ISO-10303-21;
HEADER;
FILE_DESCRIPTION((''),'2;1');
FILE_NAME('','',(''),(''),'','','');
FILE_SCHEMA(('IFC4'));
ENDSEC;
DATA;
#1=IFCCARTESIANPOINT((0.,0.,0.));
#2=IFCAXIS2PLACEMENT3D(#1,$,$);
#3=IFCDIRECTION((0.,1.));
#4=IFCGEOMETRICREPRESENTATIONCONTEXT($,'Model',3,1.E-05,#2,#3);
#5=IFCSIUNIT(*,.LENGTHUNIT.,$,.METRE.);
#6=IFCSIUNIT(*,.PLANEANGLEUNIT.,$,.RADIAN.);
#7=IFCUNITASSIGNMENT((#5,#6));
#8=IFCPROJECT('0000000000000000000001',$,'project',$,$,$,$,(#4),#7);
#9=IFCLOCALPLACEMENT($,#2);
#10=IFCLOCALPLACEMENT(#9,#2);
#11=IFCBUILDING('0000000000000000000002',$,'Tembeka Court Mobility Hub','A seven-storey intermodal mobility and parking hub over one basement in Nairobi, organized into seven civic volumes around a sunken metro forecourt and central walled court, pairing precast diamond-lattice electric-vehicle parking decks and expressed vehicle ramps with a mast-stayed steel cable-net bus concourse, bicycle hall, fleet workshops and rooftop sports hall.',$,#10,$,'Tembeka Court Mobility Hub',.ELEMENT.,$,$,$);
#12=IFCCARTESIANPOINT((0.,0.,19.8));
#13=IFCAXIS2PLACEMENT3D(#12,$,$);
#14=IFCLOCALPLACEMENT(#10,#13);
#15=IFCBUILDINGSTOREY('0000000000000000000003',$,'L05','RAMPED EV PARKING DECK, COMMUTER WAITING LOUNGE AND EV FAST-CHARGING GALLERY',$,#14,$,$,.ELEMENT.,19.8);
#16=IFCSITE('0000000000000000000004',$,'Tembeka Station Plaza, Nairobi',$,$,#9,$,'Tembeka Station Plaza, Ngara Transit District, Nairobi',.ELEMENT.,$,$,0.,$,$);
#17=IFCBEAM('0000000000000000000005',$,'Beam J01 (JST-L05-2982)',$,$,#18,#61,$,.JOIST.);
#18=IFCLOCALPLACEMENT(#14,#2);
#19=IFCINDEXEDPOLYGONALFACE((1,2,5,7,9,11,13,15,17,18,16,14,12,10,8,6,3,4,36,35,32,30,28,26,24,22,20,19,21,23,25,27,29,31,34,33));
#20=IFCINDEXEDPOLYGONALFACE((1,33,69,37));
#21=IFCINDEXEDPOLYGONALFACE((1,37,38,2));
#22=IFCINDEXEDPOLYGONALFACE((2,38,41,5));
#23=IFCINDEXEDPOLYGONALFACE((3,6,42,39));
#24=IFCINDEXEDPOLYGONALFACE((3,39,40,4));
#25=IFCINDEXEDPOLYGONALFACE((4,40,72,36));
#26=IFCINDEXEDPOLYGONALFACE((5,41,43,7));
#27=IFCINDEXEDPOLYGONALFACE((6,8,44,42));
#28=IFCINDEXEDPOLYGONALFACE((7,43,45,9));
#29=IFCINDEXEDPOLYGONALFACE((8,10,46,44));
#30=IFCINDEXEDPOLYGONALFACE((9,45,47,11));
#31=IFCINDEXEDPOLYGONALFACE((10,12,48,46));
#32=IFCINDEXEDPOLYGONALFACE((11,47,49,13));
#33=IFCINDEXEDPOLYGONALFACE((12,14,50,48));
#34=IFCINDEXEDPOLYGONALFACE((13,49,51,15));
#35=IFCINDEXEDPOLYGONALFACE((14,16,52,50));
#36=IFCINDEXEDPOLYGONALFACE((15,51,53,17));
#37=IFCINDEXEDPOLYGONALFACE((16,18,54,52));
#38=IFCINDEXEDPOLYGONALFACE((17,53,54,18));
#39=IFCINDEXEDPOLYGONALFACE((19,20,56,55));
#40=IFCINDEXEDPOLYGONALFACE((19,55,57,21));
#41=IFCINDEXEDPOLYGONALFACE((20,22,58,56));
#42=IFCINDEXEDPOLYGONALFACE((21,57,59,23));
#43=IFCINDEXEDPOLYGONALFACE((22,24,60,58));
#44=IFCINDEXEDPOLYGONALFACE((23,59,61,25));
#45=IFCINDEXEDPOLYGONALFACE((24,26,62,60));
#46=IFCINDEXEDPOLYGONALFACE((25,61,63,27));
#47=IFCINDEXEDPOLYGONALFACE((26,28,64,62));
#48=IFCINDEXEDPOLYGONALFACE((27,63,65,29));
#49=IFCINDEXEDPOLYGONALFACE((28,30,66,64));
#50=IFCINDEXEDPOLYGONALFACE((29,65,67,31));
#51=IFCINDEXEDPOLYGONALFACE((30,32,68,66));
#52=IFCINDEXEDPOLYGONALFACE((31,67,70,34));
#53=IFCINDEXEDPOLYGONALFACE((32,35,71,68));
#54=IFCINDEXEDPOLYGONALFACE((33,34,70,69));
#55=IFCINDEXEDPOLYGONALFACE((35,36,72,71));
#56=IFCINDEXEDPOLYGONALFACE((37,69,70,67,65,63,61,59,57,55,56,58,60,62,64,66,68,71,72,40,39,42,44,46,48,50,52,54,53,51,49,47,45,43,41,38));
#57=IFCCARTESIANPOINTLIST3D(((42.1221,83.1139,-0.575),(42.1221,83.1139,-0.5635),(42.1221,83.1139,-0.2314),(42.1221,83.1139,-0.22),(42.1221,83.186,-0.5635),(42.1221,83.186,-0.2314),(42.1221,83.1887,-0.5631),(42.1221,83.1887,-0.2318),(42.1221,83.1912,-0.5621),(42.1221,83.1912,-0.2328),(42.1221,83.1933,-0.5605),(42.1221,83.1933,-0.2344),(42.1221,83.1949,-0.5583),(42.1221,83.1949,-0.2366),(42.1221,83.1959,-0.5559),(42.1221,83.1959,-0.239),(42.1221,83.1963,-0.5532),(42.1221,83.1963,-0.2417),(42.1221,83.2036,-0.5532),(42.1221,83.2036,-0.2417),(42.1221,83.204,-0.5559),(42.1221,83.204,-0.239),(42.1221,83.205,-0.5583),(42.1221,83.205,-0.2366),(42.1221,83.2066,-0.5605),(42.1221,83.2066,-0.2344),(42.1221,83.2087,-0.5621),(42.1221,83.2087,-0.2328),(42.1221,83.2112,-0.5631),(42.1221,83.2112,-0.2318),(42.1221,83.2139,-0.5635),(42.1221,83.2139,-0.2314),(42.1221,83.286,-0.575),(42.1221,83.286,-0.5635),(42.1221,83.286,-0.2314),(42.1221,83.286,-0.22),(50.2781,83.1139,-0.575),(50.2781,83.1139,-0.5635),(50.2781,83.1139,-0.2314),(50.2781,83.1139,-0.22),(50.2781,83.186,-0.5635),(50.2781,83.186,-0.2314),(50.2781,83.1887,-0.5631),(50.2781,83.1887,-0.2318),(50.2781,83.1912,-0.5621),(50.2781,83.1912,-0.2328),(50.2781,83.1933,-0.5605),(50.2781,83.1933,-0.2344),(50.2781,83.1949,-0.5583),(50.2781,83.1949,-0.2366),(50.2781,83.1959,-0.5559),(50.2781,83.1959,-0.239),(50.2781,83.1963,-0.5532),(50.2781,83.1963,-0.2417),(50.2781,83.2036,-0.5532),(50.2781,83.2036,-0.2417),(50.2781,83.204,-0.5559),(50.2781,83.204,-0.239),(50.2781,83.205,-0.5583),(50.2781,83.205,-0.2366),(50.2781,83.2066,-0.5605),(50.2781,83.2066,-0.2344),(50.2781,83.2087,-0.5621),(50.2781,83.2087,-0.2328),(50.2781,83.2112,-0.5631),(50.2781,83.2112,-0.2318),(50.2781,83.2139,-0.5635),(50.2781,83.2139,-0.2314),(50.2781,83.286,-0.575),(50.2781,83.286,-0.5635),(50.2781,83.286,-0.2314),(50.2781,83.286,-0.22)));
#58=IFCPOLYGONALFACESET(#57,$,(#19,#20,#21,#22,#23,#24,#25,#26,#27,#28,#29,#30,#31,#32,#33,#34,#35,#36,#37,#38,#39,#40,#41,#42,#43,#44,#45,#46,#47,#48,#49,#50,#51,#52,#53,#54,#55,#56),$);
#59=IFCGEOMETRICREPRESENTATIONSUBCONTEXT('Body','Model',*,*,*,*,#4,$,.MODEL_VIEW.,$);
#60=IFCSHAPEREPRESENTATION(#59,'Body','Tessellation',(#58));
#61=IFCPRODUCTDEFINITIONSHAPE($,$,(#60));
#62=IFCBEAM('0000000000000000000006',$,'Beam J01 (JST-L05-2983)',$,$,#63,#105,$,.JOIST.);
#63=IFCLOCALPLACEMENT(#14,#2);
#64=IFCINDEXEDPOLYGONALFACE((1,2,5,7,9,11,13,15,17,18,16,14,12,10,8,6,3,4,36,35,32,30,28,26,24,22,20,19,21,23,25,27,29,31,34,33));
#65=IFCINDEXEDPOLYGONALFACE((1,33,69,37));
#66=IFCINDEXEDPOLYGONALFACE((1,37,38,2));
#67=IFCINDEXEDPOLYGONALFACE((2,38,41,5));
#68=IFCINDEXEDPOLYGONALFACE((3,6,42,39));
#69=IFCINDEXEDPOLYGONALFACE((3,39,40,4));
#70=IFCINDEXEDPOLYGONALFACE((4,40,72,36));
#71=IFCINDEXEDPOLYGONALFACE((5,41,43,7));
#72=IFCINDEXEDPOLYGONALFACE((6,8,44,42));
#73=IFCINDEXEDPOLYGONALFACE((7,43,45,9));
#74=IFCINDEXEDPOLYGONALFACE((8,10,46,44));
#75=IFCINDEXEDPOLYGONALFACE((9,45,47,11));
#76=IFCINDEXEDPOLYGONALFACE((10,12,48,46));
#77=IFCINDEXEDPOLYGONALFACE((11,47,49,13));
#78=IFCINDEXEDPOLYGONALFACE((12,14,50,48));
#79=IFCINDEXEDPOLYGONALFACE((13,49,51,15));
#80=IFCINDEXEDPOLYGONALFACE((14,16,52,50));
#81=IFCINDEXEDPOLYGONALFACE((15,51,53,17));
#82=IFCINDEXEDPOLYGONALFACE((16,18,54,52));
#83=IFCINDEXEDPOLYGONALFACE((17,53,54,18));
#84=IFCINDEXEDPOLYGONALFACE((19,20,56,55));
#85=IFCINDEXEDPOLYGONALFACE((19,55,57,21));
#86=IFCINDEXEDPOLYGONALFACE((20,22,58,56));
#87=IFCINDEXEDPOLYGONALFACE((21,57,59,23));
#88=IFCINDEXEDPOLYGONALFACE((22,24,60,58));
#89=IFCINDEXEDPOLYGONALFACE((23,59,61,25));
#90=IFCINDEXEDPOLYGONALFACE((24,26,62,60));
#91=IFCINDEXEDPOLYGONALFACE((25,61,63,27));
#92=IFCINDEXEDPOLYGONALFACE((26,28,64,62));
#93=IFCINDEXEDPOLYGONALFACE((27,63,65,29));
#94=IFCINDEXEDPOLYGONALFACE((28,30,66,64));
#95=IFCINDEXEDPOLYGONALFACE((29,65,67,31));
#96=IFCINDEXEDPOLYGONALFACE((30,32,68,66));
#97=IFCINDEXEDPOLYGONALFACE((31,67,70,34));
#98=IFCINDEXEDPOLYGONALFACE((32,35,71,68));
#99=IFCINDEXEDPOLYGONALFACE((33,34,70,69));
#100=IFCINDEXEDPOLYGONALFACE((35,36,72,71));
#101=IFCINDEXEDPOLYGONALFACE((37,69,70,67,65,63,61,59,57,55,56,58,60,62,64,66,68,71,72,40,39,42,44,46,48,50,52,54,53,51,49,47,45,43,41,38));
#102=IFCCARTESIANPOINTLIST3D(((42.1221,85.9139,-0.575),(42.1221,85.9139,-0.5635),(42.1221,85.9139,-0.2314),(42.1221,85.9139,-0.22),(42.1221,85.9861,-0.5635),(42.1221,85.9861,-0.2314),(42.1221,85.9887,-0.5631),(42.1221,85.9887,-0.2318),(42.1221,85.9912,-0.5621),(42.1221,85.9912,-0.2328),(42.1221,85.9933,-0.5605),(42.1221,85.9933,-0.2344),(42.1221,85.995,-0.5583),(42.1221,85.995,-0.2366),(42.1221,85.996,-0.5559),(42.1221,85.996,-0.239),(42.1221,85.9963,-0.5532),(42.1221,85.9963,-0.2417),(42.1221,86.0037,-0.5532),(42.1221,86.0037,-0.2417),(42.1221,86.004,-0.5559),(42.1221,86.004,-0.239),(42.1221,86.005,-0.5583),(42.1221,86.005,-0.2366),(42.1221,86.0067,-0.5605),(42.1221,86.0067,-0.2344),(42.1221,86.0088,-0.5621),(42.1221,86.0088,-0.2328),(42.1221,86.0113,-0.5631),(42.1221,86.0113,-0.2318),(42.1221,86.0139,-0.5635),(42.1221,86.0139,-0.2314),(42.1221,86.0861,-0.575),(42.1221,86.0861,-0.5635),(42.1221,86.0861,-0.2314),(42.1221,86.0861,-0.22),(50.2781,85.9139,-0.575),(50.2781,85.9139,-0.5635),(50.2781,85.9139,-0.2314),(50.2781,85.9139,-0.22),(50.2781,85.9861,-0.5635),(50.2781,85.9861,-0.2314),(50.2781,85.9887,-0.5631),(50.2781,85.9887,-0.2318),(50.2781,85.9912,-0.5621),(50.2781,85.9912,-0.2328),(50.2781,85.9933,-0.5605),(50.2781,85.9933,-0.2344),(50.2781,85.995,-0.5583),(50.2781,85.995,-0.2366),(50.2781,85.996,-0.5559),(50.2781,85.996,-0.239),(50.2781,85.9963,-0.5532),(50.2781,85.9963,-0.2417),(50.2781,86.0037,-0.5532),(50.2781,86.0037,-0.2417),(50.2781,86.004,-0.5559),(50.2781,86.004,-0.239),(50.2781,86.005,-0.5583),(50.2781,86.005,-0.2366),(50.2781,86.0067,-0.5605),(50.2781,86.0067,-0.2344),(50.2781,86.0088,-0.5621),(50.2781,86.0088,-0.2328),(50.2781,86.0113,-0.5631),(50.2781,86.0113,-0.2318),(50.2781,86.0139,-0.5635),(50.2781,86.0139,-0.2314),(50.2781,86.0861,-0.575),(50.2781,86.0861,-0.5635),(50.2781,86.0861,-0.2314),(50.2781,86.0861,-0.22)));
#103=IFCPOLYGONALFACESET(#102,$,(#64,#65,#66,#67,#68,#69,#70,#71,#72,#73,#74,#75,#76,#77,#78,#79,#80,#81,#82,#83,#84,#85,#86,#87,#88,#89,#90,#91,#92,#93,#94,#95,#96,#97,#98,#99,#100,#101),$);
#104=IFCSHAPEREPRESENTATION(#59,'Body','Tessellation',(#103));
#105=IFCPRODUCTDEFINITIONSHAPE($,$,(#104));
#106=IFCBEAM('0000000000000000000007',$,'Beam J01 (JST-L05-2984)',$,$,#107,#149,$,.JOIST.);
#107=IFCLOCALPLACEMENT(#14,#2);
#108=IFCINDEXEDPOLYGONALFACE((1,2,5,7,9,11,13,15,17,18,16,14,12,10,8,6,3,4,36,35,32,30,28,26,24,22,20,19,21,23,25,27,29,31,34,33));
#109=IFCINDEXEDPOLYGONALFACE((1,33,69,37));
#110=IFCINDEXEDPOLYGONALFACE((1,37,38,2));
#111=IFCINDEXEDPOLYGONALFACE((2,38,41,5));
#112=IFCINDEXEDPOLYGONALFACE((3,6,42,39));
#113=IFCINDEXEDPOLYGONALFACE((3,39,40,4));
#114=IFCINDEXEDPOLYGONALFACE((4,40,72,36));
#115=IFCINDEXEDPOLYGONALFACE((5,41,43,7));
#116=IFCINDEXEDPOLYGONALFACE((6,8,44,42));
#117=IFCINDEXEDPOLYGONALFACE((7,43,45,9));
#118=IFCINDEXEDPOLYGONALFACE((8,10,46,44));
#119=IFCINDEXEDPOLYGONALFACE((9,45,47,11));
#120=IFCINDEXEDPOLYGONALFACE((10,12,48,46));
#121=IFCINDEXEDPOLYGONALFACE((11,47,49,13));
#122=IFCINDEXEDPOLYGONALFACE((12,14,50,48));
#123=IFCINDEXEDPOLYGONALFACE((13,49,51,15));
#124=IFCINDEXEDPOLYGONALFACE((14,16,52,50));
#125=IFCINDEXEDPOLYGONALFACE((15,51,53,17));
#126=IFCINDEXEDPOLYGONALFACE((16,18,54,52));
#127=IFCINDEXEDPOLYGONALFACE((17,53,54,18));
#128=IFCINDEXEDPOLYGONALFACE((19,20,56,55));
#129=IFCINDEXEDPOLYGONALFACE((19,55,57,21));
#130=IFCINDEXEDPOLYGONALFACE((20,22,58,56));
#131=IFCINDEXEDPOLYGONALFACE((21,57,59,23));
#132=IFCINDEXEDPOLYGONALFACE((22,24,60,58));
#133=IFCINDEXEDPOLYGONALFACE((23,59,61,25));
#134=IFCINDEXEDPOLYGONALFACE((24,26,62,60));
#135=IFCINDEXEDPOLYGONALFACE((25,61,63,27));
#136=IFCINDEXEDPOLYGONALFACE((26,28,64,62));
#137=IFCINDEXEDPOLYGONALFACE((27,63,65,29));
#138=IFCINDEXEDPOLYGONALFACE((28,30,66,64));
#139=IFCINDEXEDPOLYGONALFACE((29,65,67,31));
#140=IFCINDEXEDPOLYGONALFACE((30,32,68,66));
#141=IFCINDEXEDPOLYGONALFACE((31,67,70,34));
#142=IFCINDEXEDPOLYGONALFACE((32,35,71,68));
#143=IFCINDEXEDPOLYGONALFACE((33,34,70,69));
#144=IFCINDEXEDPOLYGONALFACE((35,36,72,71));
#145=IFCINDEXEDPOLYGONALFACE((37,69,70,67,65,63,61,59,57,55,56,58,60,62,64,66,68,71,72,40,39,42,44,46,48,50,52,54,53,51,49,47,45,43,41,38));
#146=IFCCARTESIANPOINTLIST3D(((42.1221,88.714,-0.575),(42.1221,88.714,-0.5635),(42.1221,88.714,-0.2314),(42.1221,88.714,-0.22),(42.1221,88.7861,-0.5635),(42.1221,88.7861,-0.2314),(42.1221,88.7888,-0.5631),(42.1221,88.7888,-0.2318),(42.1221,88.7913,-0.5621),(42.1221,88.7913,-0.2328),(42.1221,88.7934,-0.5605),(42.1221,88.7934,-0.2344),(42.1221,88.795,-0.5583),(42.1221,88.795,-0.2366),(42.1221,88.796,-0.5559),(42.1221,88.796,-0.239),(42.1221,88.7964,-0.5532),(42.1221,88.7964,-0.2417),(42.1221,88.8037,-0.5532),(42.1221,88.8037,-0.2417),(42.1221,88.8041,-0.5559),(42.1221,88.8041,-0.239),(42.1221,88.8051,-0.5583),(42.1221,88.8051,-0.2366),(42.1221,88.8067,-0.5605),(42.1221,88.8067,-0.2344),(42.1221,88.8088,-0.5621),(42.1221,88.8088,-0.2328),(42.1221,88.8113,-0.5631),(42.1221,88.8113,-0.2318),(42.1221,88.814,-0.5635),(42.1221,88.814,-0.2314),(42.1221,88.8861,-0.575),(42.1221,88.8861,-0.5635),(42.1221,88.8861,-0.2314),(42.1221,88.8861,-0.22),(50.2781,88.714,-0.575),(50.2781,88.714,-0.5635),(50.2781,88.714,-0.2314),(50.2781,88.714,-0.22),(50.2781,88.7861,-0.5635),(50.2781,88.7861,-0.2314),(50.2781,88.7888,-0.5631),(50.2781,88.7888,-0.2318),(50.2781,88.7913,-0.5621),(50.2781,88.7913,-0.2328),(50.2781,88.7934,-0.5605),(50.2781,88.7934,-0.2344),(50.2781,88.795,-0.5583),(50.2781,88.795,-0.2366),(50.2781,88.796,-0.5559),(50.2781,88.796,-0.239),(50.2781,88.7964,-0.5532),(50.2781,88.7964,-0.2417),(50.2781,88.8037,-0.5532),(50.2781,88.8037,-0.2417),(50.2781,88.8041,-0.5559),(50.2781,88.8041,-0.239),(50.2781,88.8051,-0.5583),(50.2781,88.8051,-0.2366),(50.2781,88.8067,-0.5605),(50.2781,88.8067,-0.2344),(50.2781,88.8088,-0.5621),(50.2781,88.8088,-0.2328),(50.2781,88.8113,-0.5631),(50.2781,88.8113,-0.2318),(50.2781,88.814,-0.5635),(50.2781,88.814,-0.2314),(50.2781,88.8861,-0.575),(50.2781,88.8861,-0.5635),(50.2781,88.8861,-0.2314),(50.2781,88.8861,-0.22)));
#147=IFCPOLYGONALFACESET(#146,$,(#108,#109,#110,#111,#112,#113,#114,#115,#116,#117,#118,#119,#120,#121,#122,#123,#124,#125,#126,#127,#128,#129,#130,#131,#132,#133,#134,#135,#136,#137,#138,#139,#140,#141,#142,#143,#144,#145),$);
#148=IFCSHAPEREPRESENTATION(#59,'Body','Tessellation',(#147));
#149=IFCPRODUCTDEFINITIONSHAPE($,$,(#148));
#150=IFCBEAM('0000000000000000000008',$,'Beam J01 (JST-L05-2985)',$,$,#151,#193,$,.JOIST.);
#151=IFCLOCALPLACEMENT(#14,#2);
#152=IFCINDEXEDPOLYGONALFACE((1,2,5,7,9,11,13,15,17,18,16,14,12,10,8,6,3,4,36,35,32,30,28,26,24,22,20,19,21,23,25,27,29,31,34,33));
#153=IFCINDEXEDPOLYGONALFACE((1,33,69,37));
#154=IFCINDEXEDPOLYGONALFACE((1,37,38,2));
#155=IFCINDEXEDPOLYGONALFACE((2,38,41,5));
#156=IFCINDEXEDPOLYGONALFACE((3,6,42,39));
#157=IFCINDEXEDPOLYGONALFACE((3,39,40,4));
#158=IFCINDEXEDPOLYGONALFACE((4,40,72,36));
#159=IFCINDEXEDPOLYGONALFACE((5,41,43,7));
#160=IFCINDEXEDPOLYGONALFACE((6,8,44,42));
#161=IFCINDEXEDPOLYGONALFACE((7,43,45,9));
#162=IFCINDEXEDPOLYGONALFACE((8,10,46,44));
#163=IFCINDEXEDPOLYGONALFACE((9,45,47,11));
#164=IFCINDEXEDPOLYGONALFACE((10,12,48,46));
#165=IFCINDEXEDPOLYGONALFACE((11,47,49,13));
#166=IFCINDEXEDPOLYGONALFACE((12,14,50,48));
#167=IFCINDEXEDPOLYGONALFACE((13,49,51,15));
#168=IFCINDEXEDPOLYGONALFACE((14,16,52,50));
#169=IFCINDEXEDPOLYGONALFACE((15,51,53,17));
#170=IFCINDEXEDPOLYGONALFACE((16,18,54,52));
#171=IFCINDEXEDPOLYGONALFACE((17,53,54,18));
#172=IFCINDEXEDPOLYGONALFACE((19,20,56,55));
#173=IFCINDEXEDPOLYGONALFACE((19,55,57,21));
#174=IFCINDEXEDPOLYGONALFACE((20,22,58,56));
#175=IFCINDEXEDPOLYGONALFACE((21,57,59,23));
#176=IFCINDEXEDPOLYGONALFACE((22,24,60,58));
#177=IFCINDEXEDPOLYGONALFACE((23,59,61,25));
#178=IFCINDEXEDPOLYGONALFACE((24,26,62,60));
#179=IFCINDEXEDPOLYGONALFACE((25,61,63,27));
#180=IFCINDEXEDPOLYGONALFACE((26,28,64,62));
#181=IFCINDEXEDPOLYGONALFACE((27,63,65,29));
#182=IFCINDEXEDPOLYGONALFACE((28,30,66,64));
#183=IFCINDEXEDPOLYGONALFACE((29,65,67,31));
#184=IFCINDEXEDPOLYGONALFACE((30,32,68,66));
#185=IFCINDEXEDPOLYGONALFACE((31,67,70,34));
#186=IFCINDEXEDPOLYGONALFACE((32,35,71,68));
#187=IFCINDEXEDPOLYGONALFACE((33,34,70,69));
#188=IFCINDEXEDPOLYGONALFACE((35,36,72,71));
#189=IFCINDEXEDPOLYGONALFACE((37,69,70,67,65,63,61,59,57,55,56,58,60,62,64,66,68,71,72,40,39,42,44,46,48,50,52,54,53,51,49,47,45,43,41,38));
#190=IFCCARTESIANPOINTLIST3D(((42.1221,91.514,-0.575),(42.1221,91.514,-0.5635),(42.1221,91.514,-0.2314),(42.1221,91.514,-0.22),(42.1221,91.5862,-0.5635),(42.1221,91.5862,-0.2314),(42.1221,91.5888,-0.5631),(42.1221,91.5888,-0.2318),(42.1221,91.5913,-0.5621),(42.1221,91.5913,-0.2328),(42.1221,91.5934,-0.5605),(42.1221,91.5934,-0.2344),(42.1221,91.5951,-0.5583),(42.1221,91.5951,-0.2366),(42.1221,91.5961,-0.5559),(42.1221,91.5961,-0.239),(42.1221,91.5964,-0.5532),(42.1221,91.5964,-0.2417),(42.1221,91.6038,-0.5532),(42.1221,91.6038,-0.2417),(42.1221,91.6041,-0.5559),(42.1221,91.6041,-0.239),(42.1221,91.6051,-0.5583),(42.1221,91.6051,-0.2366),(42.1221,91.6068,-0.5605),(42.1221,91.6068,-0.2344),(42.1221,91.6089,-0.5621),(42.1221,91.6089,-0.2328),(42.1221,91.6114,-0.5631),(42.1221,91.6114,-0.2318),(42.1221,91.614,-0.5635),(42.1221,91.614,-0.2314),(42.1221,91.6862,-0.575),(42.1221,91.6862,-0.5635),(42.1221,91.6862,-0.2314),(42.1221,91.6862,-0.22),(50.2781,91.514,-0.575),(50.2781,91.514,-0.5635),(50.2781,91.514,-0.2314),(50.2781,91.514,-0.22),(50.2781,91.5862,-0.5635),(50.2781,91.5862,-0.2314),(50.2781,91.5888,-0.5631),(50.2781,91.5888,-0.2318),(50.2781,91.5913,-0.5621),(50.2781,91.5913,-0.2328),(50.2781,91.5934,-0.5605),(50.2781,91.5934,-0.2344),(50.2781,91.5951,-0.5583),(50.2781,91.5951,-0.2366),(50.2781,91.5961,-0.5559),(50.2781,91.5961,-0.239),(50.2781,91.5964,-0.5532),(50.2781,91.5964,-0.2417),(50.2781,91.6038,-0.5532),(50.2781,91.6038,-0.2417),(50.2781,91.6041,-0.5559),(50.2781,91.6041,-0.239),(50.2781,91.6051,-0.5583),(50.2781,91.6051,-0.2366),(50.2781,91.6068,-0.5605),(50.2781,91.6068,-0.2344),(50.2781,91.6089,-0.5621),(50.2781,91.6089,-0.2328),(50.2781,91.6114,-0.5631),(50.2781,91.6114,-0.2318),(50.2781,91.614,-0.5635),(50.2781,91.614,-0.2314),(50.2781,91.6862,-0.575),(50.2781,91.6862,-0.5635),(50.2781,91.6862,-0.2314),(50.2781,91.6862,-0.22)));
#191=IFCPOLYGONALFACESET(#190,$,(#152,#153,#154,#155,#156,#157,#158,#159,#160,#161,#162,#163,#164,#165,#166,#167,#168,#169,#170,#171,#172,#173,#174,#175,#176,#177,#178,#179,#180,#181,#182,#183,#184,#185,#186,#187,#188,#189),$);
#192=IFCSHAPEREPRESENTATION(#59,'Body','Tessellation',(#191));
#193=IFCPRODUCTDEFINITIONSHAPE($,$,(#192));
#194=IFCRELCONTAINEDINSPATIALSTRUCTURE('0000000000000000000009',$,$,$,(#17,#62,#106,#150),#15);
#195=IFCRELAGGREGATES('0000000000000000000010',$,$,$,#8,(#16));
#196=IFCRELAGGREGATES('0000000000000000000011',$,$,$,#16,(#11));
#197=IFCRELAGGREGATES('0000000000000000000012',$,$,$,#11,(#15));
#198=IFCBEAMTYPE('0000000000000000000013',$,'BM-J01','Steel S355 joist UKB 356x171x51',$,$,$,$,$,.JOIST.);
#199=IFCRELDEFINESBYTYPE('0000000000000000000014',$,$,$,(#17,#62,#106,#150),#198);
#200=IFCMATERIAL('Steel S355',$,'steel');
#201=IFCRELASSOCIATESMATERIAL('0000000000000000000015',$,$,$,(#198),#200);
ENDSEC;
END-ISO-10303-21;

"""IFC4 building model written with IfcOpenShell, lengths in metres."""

from ifc_helpers import new_model, si_unit, direction, frame, origin, origin_2d, place, context, subcontext, project, spatial, i_section, extrude, material, material_profile, profile_set, type_object, element, save


model = new_model("IFC4")

# Units and contexts
model_context = context("Model", 3, precision=1e-05, world=origin(), true_north=direction((0.0, 1.0)))
body_context = subcontext(model_context, "Body", "Model", "MODEL_VIEW")
ifc_project = project(units=[si_unit("LENGTHUNIT", "METRE"), si_unit("PLANEANGLEUNIT", "RADIAN")], contexts=[model_context])

# Site, building, storey
site_placement = place(None, origin())
site = spatial("IfcSite", under=ifc_project, at=site_placement, Name="Tembeka Station Plaza, Nairobi", LongName="Tembeka Station Plaza, Ngara Transit District, Nairobi", CompositionType="ELEMENT", RefElevation=0.0)
building_placement = place(site_placement, origin())
building = spatial("IfcBuilding", under=site, at=building_placement, Name="Tembeka Court Mobility Hub", Description="A seven-storey intermodal mobility and parking hub over one basement in Nairobi, organized into seven civic volumes around a sunken metro forecourt and central walled court, pairing precast diamond-lattice electric-vehicle parking decks and expressed vehicle ramps with a mast-stayed steel cable-net bus concourse, bicycle hall, fleet workshops and rooftop sports hall.", LongName="Tembeka Court Mobility Hub", CompositionType="ELEMENT")
storey_placement = place(building_placement, frame((0.0, 0.0, 19.8)))
storey = spatial("IfcBuildingStorey", under=building, at=storey_placement, Name="L05", Description="RAMPED EV PARKING DECK, COMMUTER WAITING LOUNGE AND EV FAST-CHARGING GALLERY", CompositionType="ELEMENT", Elevation=19.8)

# Shared definitions
ifc_material = material(Name="Steel S355", Category="steel")

# Beams
ifc_material_profile_1 = material_profile(ifc_material, i_section(OverallWidth=0.1721, OverallDepth=0.355, WebThickness=0.0073, FlangeThickness=0.0115, FilletRadius=0.0103, at=origin_2d()), Name="UKB 356x171x51")
ifc_profile_set_1 = profile_set([ifc_material_profile_1], Name="Steel S355")
beam_type_1 = type_object("IfcBeamType", Name="BM-J01", Description="Steel S355 joist UKB 356x171x51", PredefinedType="JOIST", material=ifc_profile_set_1)
for number, where, z_axis, x_axis, name in (
    (1, (42.1221, 83.2, -0.3975), (1.0, 0.0, 0.0), (0.0, 1.0, 0.0), "Beam J01 (JST-L05-2982)"),
    (2, (42.1221, 86.0, -0.3975), (1.0, 0.0, 0.0), (0.0, 1.0, 0.0), "Beam J01 (JST-L05-2983)"),
    (3, (42.1221, 88.8, -0.3975), (1.0, 0.0, 0.0), (0.0, 1.0, 0.0), "Beam J01 (JST-L05-2984)"),
    (4, (42.1221, 91.6001, -0.3975), (1.0, 0.0, 0.0), (0.0, 1.0, 0.0), "Beam J01 (JST-L05-2985)"),
):
    element("IfcBeam", number, at=place(storey_placement, frame(where, z_axis=z_axis, x_axis=x_axis)), inside=storey, type_object=beam_type_1, Name=name, PredefinedType="JOIST", context=body_context, shape_type="SweptSolid", body=[
        extrude(i_section(OverallWidth=0.1721, OverallDepth=0.355, WebThickness=0.0073, FlangeThickness=0.0115, FilletRadius=0.0103, at=origin_2d()), origin(), (0.0, 0.0, 1.0), 8.156),
    ])

save(model, "model.ifc")
